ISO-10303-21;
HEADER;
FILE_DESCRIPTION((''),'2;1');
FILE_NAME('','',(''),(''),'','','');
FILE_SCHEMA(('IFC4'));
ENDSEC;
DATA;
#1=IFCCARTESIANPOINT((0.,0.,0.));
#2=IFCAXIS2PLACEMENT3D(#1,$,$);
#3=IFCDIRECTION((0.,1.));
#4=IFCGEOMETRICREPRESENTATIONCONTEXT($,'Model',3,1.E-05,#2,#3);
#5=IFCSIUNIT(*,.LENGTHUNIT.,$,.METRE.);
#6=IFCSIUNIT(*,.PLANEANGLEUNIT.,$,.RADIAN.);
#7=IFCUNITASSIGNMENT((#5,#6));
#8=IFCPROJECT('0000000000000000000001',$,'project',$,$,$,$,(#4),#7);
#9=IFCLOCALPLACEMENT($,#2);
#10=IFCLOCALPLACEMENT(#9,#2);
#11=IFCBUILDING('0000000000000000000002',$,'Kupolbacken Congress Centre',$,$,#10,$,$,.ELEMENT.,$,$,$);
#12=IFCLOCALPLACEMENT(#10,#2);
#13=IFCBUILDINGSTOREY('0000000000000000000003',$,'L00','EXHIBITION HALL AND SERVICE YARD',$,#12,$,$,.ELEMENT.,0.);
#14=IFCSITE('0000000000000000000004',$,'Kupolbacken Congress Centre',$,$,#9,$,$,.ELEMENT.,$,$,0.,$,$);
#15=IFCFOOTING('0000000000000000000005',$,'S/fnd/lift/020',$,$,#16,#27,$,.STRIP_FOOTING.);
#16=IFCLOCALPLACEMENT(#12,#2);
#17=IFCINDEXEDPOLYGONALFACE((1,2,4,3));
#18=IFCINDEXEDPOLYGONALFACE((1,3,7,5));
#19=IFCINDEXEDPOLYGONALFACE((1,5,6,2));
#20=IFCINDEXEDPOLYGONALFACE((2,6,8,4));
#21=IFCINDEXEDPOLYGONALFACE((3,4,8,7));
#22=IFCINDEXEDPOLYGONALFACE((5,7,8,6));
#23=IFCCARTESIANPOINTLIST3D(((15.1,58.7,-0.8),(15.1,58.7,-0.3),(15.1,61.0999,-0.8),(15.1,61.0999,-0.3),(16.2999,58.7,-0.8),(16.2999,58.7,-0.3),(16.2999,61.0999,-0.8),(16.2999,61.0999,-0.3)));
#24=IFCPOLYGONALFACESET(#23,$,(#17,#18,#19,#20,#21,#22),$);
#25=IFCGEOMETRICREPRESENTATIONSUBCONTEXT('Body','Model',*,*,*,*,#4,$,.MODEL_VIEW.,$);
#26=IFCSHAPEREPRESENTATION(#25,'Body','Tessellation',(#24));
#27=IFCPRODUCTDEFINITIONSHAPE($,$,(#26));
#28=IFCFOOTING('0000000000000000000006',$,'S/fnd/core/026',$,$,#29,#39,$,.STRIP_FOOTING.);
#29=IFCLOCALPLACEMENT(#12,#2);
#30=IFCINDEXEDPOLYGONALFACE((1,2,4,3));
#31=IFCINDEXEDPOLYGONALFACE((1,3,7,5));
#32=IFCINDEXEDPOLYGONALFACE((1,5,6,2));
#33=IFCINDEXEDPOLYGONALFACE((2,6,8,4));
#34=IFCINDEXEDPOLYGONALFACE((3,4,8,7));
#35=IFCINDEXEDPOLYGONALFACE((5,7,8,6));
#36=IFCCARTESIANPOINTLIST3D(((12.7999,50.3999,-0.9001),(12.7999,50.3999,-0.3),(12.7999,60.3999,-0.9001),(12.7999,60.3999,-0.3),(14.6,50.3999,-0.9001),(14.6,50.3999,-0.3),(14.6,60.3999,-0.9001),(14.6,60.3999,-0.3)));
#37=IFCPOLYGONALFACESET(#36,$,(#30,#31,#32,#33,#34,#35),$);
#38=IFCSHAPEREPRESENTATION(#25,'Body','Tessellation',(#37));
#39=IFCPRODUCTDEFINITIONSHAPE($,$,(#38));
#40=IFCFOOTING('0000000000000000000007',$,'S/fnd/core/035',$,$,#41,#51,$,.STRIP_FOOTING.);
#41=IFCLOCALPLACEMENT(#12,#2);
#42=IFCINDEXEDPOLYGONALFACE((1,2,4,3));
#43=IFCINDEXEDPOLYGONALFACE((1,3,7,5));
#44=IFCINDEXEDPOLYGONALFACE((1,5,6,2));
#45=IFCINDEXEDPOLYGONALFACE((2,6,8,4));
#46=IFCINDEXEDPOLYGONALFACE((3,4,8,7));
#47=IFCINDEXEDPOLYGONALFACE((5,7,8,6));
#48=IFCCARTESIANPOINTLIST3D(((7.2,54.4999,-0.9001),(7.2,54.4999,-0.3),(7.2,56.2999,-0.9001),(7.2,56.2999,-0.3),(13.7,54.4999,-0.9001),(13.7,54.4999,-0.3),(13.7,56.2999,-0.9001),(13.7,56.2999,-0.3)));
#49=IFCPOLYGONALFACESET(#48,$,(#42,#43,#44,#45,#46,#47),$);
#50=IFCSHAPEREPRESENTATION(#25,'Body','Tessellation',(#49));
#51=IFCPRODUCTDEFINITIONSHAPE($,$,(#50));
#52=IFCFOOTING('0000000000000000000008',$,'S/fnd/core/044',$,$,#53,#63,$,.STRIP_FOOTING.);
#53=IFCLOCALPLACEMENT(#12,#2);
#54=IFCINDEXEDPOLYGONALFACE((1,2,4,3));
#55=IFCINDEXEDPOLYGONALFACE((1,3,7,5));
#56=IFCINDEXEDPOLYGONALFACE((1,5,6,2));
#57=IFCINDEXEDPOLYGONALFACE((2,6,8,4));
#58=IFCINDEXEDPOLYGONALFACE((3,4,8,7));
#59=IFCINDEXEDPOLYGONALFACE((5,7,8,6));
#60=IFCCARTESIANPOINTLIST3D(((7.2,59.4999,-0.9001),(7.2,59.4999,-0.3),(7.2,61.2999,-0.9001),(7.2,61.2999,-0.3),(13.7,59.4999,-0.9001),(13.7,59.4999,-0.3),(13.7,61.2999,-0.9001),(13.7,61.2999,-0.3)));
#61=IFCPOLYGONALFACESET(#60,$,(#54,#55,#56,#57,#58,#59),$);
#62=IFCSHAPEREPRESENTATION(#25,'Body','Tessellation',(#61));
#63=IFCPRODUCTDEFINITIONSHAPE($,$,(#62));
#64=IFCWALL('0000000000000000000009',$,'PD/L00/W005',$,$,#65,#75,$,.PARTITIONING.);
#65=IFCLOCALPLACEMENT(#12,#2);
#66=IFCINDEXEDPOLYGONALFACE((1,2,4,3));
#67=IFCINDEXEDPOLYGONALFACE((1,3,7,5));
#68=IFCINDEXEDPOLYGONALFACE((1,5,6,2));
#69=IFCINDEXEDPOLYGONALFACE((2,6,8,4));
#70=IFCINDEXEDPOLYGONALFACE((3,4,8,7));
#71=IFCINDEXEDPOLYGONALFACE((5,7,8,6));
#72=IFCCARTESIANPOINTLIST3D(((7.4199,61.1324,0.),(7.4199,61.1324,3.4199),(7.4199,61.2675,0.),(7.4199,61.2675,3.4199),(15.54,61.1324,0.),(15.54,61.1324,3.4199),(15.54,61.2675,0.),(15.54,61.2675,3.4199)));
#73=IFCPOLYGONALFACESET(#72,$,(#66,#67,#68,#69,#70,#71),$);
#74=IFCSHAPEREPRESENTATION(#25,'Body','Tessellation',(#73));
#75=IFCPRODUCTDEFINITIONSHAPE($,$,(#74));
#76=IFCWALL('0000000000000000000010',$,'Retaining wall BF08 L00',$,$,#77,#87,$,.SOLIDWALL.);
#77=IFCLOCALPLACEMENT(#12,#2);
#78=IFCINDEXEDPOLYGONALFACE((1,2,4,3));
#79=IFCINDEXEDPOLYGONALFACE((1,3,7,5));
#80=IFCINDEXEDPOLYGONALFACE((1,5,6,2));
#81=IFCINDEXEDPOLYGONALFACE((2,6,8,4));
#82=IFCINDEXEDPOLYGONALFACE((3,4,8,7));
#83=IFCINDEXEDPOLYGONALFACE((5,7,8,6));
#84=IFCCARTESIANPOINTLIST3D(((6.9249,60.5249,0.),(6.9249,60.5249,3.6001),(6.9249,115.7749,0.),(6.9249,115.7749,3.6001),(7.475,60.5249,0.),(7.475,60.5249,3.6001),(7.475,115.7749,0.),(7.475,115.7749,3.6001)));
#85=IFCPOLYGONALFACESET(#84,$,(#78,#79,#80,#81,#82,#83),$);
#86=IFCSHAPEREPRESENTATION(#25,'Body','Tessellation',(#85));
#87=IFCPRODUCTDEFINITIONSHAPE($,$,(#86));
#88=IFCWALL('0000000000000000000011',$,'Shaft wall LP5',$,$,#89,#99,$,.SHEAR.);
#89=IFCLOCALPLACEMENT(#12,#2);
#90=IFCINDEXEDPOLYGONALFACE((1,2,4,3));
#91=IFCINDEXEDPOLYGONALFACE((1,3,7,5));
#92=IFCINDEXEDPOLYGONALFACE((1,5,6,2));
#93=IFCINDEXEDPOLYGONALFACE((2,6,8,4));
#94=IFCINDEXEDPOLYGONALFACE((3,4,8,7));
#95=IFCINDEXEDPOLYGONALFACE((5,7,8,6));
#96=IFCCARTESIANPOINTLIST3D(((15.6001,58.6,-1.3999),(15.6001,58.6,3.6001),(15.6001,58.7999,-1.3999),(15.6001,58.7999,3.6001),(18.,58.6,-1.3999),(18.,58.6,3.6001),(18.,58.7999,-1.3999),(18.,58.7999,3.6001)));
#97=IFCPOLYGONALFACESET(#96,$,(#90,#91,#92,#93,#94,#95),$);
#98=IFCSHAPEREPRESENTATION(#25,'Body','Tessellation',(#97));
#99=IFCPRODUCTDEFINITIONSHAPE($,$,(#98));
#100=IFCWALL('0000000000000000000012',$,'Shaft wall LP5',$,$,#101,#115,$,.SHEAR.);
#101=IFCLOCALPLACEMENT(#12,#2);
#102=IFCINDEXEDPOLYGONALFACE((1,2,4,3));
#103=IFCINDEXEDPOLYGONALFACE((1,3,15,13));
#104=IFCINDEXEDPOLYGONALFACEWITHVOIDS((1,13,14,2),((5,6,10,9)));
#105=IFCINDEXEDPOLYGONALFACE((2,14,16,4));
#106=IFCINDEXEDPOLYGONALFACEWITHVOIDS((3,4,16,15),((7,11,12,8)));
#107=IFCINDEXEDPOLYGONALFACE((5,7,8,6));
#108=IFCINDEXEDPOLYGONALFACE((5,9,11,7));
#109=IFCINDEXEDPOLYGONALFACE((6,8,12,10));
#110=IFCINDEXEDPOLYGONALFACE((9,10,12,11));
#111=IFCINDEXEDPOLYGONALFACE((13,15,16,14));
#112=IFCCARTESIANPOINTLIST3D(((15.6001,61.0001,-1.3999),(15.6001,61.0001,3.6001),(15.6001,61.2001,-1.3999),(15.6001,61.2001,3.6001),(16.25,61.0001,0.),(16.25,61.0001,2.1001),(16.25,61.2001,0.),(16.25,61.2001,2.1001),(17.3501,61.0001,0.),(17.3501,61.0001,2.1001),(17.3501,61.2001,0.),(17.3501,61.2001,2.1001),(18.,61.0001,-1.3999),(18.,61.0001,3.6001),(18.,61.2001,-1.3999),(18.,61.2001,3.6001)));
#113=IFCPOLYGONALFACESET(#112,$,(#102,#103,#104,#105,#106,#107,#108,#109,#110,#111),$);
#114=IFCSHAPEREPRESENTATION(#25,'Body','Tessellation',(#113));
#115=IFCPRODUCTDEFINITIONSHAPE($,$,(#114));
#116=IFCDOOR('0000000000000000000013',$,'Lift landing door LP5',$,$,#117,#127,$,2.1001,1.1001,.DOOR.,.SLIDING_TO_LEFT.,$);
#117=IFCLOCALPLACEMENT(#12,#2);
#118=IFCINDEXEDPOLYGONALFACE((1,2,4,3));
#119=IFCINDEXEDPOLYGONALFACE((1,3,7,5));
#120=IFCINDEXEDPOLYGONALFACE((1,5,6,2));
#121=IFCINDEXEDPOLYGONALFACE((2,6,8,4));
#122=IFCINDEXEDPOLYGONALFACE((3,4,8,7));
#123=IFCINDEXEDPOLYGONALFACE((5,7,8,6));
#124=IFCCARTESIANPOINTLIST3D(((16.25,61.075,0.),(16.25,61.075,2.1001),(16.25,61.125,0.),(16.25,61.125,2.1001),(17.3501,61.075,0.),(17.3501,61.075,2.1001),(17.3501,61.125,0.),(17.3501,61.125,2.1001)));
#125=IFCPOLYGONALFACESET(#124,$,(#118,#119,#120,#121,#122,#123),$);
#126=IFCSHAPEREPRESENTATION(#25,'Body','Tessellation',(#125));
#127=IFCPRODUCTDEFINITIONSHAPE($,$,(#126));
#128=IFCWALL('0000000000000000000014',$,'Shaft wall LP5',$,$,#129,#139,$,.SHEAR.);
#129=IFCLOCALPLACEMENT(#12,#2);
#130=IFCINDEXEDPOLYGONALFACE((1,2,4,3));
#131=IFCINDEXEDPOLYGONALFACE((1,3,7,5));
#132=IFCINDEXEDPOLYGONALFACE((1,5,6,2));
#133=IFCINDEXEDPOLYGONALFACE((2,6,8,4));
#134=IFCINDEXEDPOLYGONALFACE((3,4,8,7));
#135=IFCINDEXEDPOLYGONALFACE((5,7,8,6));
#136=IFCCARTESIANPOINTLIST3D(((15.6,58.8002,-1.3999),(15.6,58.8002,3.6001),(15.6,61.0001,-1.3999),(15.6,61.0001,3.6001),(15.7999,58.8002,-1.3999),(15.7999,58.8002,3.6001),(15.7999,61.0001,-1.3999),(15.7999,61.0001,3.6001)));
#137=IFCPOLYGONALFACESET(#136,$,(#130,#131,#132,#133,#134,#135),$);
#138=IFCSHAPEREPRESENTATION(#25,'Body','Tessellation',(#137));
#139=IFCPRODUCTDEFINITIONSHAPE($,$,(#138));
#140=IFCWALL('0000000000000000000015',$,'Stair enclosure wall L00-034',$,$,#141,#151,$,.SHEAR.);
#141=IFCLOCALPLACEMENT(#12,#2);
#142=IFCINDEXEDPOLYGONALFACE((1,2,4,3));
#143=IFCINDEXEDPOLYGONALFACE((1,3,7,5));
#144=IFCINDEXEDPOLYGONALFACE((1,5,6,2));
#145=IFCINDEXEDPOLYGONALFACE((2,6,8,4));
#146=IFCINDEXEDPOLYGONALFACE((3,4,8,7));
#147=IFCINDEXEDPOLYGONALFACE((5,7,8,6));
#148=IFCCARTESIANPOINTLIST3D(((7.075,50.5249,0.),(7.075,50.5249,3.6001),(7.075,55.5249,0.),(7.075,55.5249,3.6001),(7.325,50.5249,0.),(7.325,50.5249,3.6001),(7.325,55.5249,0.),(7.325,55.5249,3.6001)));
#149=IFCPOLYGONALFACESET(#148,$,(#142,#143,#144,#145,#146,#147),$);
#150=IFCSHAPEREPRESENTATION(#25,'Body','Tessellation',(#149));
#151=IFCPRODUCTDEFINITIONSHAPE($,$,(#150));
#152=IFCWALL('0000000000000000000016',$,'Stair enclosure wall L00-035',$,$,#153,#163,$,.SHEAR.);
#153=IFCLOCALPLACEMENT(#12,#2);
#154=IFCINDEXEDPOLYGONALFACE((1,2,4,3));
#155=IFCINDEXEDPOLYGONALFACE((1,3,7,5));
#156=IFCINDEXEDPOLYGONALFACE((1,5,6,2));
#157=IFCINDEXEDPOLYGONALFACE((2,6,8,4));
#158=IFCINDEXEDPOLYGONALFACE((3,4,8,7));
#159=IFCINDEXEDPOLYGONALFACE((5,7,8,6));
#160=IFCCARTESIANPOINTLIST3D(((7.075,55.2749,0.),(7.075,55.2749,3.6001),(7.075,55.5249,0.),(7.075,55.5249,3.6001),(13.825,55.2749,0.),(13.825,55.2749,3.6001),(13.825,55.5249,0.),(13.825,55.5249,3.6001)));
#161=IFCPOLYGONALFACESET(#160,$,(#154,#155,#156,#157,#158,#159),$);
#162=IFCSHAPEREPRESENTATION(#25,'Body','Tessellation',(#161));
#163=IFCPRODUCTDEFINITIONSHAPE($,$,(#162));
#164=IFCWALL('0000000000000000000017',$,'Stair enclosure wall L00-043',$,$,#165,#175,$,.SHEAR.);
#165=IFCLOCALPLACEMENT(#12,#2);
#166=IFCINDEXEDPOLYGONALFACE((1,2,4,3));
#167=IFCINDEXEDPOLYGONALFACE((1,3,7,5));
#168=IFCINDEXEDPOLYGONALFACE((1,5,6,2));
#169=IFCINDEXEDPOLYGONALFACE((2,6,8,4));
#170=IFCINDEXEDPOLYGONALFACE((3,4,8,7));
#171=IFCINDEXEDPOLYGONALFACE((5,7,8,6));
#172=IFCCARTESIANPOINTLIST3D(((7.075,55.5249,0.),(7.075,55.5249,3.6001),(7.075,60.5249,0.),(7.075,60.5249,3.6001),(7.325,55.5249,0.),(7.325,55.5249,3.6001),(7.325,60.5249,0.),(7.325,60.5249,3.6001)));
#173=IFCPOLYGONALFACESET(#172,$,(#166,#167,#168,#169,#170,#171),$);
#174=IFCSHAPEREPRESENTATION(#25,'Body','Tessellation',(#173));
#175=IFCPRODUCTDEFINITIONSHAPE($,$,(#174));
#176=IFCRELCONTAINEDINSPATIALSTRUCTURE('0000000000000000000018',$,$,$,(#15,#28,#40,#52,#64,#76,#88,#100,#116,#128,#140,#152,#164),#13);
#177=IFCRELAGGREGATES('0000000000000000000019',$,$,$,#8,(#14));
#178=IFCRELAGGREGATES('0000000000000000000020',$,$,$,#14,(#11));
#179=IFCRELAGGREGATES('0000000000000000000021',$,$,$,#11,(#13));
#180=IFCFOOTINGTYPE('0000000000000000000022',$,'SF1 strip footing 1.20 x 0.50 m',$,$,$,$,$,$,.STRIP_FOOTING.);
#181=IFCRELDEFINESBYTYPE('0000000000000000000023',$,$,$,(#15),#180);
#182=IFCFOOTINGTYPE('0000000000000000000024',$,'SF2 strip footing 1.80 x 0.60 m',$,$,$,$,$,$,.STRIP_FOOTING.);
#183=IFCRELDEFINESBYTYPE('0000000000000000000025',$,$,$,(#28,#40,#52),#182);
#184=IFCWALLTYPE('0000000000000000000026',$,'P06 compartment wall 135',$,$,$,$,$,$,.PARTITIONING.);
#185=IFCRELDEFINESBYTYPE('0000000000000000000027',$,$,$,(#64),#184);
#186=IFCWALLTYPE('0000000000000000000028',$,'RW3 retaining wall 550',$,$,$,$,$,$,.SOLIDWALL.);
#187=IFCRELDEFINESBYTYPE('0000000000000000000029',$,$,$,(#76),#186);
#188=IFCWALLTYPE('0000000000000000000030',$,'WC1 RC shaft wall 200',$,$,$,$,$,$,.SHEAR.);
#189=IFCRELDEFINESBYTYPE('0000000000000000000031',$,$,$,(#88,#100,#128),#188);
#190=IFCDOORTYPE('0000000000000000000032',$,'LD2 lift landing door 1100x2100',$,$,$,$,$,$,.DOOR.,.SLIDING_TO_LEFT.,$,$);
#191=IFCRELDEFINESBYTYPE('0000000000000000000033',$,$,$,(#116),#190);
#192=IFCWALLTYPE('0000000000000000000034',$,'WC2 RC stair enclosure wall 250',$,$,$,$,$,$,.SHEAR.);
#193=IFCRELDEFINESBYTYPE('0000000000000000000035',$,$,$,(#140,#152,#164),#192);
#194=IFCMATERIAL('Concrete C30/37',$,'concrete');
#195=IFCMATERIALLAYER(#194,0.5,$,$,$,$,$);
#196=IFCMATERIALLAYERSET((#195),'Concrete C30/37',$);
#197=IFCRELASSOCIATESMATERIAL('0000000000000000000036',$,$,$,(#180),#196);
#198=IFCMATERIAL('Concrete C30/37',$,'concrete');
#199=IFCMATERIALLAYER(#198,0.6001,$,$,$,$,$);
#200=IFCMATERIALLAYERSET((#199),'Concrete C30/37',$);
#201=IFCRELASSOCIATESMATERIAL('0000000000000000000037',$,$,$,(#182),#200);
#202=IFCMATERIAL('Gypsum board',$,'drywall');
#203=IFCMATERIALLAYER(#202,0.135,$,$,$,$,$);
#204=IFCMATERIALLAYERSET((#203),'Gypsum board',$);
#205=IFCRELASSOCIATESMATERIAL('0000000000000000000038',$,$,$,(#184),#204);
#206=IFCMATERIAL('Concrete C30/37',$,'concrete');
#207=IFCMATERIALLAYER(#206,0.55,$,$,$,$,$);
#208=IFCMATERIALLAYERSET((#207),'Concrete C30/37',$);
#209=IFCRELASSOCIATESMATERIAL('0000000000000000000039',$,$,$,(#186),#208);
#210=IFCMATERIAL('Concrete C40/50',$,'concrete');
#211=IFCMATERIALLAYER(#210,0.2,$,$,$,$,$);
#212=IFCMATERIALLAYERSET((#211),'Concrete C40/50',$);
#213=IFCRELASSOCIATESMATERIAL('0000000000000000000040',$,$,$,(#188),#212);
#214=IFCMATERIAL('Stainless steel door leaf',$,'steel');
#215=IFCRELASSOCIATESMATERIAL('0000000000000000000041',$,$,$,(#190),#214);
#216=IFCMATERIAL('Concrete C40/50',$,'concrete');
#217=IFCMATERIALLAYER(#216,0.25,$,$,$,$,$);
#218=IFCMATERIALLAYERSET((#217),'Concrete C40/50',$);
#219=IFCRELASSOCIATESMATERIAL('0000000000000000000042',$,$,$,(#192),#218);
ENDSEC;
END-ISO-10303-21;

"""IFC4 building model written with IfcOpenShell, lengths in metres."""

from ifc_helpers import new_model, si_unit, direction, frame, frame_2d, origin, origin_2d, place, context, subcontext, project, spatial, rectangle, extrude, material, layer, layer_set, type_object, element, fill, save


model = new_model("IFC4")

# Units and contexts
model_context = context("Model", 3, precision=1e-05, world=origin(), true_north=direction((0.0, 1.0)))
body_context = subcontext(model_context, "Body", "Model", "MODEL_VIEW")
ifc_project = project(units=[si_unit("LENGTHUNIT", "METRE"), si_unit("PLANEANGLEUNIT", "RADIAN")], contexts=[model_context])

# Site, building, storey
site_placement = place(None, origin())
site = spatial("IfcSite", under=ifc_project, at=site_placement, Name="Kupolbacken Congress Centre", CompositionType="ELEMENT", RefElevation=0.0)
building_placement = place(site_placement, origin())
building = spatial("IfcBuilding", under=site, at=building_placement, Name="Kupolbacken Congress Centre", CompositionType="ELEMENT")
storey_placement = place(building_placement, origin())
storey = spatial("IfcBuildingStorey", under=building, at=storey_placement, Name="L00", Description="EXHIBITION HALL AND SERVICE YARD", CompositionType="ELEMENT", Elevation=0.0)

# Footings
ifc_material_1 = material(Name="Concrete C30/37", Category="concrete")
ifc_layer_1 = layer(ifc_material_1, 0.5)
ifc_layer_set_1 = layer_set([ifc_layer_1], Name="Concrete C30/37")
footing_type_1 = type_object("IfcFootingType", Name="SF1 strip footing 1.20 x 0.50 m", PredefinedType="STRIP_FOOTING", material=ifc_layer_set_1)
footing_1_placement = place(storey_placement, frame((15.7, 59.8999, -0.8), z_axis=(0.0, 0.0, 1.0), x_axis=(0.0, 1.0, 0.0)))
element("IfcFooting", 1, at=footing_1_placement, inside=storey, type_object=footing_type_1, Name="S/fnd/lift/020", PredefinedType="STRIP_FOOTING", context=body_context, shape_type="SweptSolid", body=[
    extrude(rectangle(XDim=2.3999, YDim=1.2, at=origin_2d()), origin(), (0.0, 0.0, 1.0), 0.5),
])
ifc_material_2 = material(Name="Concrete C30/37", Category="concrete")
ifc_layer_2 = layer(ifc_material_2, 0.6001)
ifc_layer_set_2 = layer_set([ifc_layer_2], Name="Concrete C30/37")
footing_type_2 = type_object("IfcFootingType", Name="SF2 strip footing 1.80 x 0.60 m", PredefinedType="STRIP_FOOTING", material=ifc_layer_set_2)
footing_2_placement = place(storey_placement, frame((13.7, 55.3999, -0.9001), z_axis=(0.0, 0.0, 1.0), x_axis=(0.0, 1.0, 0.0)))
element("IfcFooting", 2, at=footing_2_placement, inside=storey, type_object=footing_type_2, Name="S/fnd/core/026", PredefinedType="STRIP_FOOTING", context=body_context, shape_type="SweptSolid", body=[
    extrude(rectangle(XDim=10.0, YDim=1.8, at=origin_2d()), origin(), (0.0, 0.0, 1.0), 0.6001),
])
for number, where, z_axis, x_axis, name in (
    (3, (10.45, 55.3999, -0.9001), (0.0, 0.0, 1.0), (1.0, 0.0, 0.0), "S/fnd/core/035"),
    (4, (10.45, 60.3999, -0.9001), (0.0, 0.0, 1.0), (1.0, 0.0, 0.0), "S/fnd/core/044"),
):
    element("IfcFooting", number, at=place(storey_placement, frame(where, z_axis=z_axis, x_axis=x_axis)), inside=storey, type_object=footing_type_2, Name=name, PredefinedType="STRIP_FOOTING", context=body_context, shape_type="SweptSolid", body=[
        extrude(rectangle(XDim=6.5, YDim=1.8, at=origin_2d()), origin(), (0.0, 0.0, 1.0), 0.6001),
    ])

# Walls
ifc_material_3 = material(Name="Gypsum board", Category="drywall")
ifc_layer_3 = layer(ifc_material_3, 0.135)
ifc_layer_set_3 = layer_set([ifc_layer_3], Name="Gypsum board")
wall_type_1 = type_object("IfcWallType", Name="P06 compartment wall 135", PredefinedType="PARTITIONING", material=ifc_layer_set_3)
wall_1_placement = place(storey_placement, frame((7.4199, 61.2, 0.0), z_axis=(0.0, 0.0, 1.0), x_axis=(1.0, 0.0, 0.0)))
element("IfcWall", 5, at=wall_1_placement, inside=storey, type_object=wall_type_1, Name="PD/L00/W005", PredefinedType="PARTITIONING", context=body_context, shape_type="SweptSolid", body=[
    extrude(rectangle(XDim=8.1201, YDim=0.135, at=frame_2d((4.0601, 0.0))), origin(), (0.0, 0.0, 1.0), 3.4199),
])
ifc_material_4 = material(Name="Concrete C30/37", Category="concrete")
ifc_layer_4 = layer(ifc_material_4, 0.55)
ifc_layer_set_4 = layer_set([ifc_layer_4], Name="Concrete C30/37")
wall_type_2 = type_object("IfcWallType", Name="RW3 retaining wall 550", PredefinedType="SOLIDWALL", material=ifc_layer_set_4)
wall_2_placement = place(storey_placement, frame((7.2, 60.5249, 0.0), z_axis=(0.0, 0.0, 1.0), x_axis=(0.0, 1.0, 0.0)))
element("IfcWall", 6, at=wall_2_placement, inside=storey, type_object=wall_type_2, Name="Retaining wall BF08 L00", PredefinedType="SOLIDWALL", context=body_context, shape_type="SweptSolid", body=[
    extrude(rectangle(XDim=55.25, YDim=0.55, at=frame_2d((27.625, 0.0))), origin(), (0.0, 0.0, 1.0), 3.6001),
])
ifc_material_5 = material(Name="Concrete C40/50", Category="concrete")
ifc_layer_5 = layer(ifc_material_5, 0.2)
ifc_layer_set_5 = layer_set([ifc_layer_5], Name="Concrete C40/50")
wall_type_3 = type_object("IfcWallType", Name="WC1 RC shaft wall 200", PredefinedType="SHEAR", material=ifc_layer_set_5)
wall_3_placement = place(storey_placement, frame((15.6001, 58.7, -1.3999), z_axis=(0.0, 0.0, 1.0), x_axis=(1.0, 0.0, 0.0)))
element("IfcWall", 7, at=wall_3_placement, inside=storey, type_object=wall_type_3, Name="Shaft wall LP5", PredefinedType="SHEAR", context=body_context, shape_type="SweptSolid", body=[
    extrude(rectangle(XDim=2.3999, YDim=0.2, at=frame_2d((1.2, 0.0))), origin(), (0.0, 0.0, 1.0), 5.0),
])

# Wall, opening, door
wall_4_placement = place(storey_placement, frame((15.6001, 61.1001, -1.3999), z_axis=(0.0, 0.0, 1.0), x_axis=(1.0, 0.0, 0.0)))
wall_4 = element("IfcWall", 8, at=wall_4_placement, inside=storey, type_object=wall_type_3, Name="Shaft wall LP5", PredefinedType="SHEAR", context=body_context, shape_type="SweptSolid", body=[
    extrude(rectangle(XDim=2.3999, YDim=0.2, at=frame_2d((1.2, 0.0))), origin(), (0.0, 0.0, 1.0), 5.0),
])
opening_1_placement = place(wall_4_placement, frame((0.6499, 0.0, 1.3999)))
opening_1 = element("IfcOpeningElement", 9, at=opening_1_placement, cuts=wall_4, PredefinedType="OPENING", context=body_context, shape_type="SweptSolid", body=[
    extrude(rectangle(XDim=1.1001, YDim=2.1001, at=frame_2d((0.55, 1.05))), frame((0.0, 0.1099, 0.0), z_axis=(0.0, -1.0, 0.0), x_axis=(1.0, 0.0, 0.0)), (0.0, 0.0, 1.0), 0.22),
])
ifc_material_6 = material(Name="Stainless steel door leaf", Category="steel")
door_type_1 = type_object("IfcDoorType", Name="LD2 lift landing door 1100x2100", OperationType="SLIDING_TO_LEFT", PredefinedType="DOOR", material=ifc_material_6)
door_1_placement = place(opening_1_placement, origin())
door_1 = element("IfcDoor", 10, at=door_1_placement, inside=storey, type_object=door_type_1, Name="Lift landing door LP5", OperationType="SLIDING_TO_LEFT", OverallHeight=2.1001, OverallWidth=1.1001, PredefinedType="DOOR", context=body_context, shape_type="SweptSolid", body=[
    extrude(rectangle(XDim=1.1001, YDim=2.1001, at=frame_2d((0.55, 1.05))), frame((0.0, 0.0249, 0.0), z_axis=(0.0, -1.0, 0.0), x_axis=(1.0, 0.0, 0.0)), (0.0, 0.0, 1.0), 0.05),
])
fill(opening_1, door_1)

# Walls
wall_5_placement = place(storey_placement, frame((15.7, 58.8, -1.3999), z_axis=(0.0, 0.0, 1.0), x_axis=(0.0, 1.0, 0.0)))
element("IfcWall", 11, at=wall_5_placement, inside=storey, type_object=wall_type_3, Name="Shaft wall LP5", PredefinedType="SHEAR", context=body_context, shape_type="SweptSolid", body=[
    extrude(rectangle(XDim=2.2, YDim=0.2, at=frame_2d((1.1001, 0.0))), origin(), (0.0, 0.0, 1.0), 5.0),
])
ifc_material_7 = material(Name="Concrete C40/50", Category="concrete")
ifc_layer_6 = layer(ifc_material_7, 0.25)
ifc_layer_set_6 = layer_set([ifc_layer_6], Name="Concrete C40/50")
wall_type_4 = type_object("IfcWallType", Name="WC2 RC stair enclosure wall 250", PredefinedType="SHEAR", material=ifc_layer_set_6)
wall_6_placement = place(storey_placement, frame((7.2, 55.5249, 0.0), z_axis=(0.0, 0.0, 1.0), x_axis=(0.0, -1.0, 0.0)))
element("IfcWall", 12, at=wall_6_placement, inside=storey, type_object=wall_type_4, Name="Stair enclosure wall L00-034", PredefinedType="SHEAR", context=body_context, shape_type="SweptSolid", body=[
    extrude(rectangle(XDim=5.0, YDim=0.25, at=frame_2d((2.5, 0.0))), origin(), (0.0, 0.0, 1.0), 3.6001),
])
wall_7_placement = place(storey_placement, frame((13.825, 55.3999, 0.0), z_axis=(0.0, 0.0, 1.0), x_axis=(-1.0, 0.0, 0.0)))
element("IfcWall", 13, at=wall_7_placement, inside=storey, type_object=wall_type_4, Name="Stair enclosure wall L00-035", PredefinedType="SHEAR", context=body_context, shape_type="SweptSolid", body=[
    extrude(rectangle(XDim=6.75, YDim=0.25, at=frame_2d((3.375, 0.0))), origin(), (0.0, 0.0, 1.0), 3.6001),
])

# Wall
wall_8_placement = place(storey_placement, frame((7.2, 60.5249, 0.0), z_axis=(0.0, 0.0, 1.0), x_axis=(0.0, -1.0, 0.0)))
element("IfcWall", 14, at=wall_8_placement, inside=storey, type_object=wall_type_4, Name="Stair enclosure wall L00-043", PredefinedType="SHEAR", context=body_context, shape_type="SweptSolid", body=[
    extrude(rectangle(XDim=5.0, YDim=0.25, at=frame_2d((2.5, 0.0))), origin(), (0.0, 0.0, 1.0), 3.6001),
])

save(model, "model.ifc")
